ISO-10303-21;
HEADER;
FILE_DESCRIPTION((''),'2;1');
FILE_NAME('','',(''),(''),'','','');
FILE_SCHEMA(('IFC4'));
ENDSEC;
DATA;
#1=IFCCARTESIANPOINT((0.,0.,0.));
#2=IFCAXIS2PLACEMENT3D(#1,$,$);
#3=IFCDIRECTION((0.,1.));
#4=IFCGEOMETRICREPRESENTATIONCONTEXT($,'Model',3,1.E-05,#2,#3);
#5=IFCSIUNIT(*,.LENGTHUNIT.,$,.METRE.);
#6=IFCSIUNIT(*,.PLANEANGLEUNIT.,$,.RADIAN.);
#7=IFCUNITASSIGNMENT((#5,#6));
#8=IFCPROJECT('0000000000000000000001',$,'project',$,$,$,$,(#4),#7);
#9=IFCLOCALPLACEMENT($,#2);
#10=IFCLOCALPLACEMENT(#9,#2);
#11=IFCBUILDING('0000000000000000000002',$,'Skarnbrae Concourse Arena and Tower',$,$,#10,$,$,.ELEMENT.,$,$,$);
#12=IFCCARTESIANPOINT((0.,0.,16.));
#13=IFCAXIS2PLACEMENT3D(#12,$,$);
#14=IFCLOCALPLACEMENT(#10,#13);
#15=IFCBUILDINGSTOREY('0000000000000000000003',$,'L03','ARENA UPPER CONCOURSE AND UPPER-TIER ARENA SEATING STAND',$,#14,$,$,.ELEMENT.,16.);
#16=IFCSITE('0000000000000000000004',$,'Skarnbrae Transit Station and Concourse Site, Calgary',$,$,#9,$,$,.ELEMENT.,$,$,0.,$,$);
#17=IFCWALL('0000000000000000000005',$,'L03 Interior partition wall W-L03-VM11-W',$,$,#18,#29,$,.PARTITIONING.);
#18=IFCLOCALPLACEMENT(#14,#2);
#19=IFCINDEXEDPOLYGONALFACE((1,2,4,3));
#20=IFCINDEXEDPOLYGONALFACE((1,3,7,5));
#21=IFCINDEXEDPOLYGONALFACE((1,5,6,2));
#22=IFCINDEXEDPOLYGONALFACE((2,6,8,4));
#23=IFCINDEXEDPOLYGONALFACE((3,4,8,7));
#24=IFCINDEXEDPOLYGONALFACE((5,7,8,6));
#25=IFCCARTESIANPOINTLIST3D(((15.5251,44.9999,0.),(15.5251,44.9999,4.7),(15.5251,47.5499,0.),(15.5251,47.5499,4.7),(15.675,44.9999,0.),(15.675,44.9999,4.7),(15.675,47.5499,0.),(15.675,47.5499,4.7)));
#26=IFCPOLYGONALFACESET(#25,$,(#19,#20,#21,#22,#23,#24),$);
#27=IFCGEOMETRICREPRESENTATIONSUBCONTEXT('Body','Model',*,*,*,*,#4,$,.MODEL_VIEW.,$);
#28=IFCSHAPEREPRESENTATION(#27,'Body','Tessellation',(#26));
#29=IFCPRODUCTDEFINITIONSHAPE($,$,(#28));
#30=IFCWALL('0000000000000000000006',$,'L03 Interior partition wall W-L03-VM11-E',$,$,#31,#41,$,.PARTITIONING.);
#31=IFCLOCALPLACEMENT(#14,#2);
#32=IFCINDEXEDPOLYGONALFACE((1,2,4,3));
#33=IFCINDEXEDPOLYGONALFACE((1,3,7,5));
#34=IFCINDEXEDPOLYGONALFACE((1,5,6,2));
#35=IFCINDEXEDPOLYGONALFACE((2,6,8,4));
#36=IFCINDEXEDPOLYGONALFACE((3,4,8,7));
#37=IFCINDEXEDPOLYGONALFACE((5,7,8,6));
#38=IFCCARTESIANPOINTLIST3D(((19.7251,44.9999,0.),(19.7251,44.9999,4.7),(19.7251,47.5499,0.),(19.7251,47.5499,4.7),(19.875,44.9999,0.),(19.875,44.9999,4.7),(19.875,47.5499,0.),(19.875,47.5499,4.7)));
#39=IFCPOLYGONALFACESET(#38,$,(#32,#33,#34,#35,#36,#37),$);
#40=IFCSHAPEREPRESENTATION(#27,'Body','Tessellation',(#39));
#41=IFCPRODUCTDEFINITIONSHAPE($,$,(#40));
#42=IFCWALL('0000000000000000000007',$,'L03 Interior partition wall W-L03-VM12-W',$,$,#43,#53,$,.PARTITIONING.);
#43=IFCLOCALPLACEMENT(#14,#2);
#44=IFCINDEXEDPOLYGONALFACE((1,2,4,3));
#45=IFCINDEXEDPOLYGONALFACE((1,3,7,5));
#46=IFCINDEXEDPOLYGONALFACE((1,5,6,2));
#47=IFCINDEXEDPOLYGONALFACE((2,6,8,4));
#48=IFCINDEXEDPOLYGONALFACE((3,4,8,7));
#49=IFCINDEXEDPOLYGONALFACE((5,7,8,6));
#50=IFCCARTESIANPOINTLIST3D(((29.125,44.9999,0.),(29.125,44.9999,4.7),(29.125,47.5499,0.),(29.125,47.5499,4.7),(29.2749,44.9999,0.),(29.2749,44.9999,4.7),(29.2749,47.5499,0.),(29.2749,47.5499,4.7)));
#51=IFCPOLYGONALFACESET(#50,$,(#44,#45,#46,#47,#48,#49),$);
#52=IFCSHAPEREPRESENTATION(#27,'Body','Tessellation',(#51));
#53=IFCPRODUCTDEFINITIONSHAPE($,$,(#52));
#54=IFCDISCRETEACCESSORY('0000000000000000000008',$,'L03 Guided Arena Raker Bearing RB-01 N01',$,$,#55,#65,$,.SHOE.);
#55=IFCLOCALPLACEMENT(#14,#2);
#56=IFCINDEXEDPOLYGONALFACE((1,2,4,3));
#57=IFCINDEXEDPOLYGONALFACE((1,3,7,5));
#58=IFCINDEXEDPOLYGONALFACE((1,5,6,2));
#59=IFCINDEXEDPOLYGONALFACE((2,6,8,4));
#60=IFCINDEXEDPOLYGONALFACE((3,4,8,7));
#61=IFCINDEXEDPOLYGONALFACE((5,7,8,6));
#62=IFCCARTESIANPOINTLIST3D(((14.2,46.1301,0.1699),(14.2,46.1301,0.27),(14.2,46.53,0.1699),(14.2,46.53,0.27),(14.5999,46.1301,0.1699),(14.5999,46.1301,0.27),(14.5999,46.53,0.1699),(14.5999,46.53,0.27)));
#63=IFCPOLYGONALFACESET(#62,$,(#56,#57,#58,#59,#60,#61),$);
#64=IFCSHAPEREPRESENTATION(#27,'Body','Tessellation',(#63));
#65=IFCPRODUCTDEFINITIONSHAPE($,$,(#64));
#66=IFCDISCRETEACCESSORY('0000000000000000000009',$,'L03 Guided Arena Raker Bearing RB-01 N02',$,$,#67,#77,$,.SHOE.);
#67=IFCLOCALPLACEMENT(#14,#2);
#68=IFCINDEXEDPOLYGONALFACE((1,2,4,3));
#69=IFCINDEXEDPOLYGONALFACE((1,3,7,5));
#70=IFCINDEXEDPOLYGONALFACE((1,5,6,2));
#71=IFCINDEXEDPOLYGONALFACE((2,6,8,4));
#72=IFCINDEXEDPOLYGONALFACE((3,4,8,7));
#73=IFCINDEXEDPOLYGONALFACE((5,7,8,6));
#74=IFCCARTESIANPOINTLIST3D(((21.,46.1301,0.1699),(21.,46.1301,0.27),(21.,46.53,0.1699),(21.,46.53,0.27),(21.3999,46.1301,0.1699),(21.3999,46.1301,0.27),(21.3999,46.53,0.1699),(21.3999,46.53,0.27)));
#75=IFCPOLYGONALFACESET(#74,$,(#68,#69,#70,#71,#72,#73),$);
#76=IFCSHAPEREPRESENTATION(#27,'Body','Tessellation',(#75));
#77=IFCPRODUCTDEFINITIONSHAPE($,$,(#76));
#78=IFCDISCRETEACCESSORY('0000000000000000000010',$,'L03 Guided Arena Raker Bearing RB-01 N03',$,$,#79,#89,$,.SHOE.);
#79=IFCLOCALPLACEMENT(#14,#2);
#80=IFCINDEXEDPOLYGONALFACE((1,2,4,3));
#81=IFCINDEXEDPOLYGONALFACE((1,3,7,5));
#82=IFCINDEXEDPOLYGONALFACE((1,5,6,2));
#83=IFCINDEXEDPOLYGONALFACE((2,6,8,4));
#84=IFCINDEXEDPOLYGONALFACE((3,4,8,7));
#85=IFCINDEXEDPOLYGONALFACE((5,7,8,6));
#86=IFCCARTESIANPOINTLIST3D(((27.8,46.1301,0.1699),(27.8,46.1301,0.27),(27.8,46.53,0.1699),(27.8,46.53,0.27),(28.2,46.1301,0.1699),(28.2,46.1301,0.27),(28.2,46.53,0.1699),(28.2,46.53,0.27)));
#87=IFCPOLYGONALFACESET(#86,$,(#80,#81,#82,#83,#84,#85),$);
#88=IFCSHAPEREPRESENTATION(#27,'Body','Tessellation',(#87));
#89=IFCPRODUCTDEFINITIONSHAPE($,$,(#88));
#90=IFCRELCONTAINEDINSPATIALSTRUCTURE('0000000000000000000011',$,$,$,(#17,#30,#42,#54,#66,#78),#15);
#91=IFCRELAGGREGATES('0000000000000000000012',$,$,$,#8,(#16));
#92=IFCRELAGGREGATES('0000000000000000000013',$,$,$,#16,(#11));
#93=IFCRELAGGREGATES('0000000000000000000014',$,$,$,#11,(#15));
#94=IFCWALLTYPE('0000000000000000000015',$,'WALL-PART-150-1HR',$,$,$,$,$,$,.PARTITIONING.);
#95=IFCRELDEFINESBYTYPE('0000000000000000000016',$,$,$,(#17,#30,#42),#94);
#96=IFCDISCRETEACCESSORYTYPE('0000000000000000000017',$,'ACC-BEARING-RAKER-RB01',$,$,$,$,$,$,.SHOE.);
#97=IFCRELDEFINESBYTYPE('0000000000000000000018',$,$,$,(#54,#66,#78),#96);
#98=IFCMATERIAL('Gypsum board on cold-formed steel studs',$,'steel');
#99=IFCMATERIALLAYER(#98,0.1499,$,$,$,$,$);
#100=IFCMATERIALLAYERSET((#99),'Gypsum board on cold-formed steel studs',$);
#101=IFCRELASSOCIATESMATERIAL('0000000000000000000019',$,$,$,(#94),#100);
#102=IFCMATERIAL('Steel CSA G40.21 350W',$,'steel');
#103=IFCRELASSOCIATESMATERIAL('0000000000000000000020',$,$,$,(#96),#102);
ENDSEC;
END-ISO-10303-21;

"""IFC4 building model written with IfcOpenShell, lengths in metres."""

from ifc_helpers import new_model, si_unit, direction, frame, frame_2d, origin, origin_2d, place, context, subcontext, project, spatial, rectangle, extrude, source, transform, mapped, material, layer, layer_set, type_object, element, save


model = new_model("IFC4")

# Units and contexts
model_context = context("Model", 3, precision=1e-05, world=origin(), true_north=direction((0.0, 1.0)))
body_context = subcontext(model_context, "Body", "Model", "MODEL_VIEW")
ifc_project = project(units=[si_unit("LENGTHUNIT", "METRE"), si_unit("PLANEANGLEUNIT", "RADIAN")], contexts=[model_context])

# Site, building, storey
site_placement = place(None, origin())
site = spatial("IfcSite", under=ifc_project, at=site_placement, Name="Skarnbrae Transit Station and Concourse Site, Calgary", CompositionType="ELEMENT", RefElevation=0.0)
building_placement = place(site_placement, origin())
building = spatial("IfcBuilding", under=site, at=building_placement, Name="Skarnbrae Concourse Arena and Tower", CompositionType="ELEMENT")
storey_placement = place(building_placement, frame((0.0, 0.0, 16.0)))
storey = spatial("IfcBuildingStorey", under=building, at=storey_placement, Name="L03", Description="ARENA UPPER CONCOURSE AND UPPER-TIER ARENA SEATING STAND", CompositionType="ELEMENT", Elevation=16.0)

# Shared definitions
ifc_material_1 = material(Name="Steel CSA G40.21 350W", Category="steel")

# Walls
ifc_material_2 = material(Name="Gypsum board on cold-formed steel studs", Category="steel")
ifc_layer_1 = layer(ifc_material_2, 0.1499)
ifc_layer_set_1 = layer_set([ifc_layer_1], Name="Gypsum board on cold-formed steel studs")
wall_type_1 = type_object("IfcWallType", Name="WALL-PART-150-1HR", PredefinedType="PARTITIONING", material=ifc_layer_set_1)
shared_shape_1 = source(origin(), body_context, "Body", "SweptSolid", [
    extrude(rectangle(XDim=2.55, YDim=0.1499, at=frame_2d((1.2749, 0.0))), origin(), (0.0, 0.0, 1.0), 4.7),
])
for number, where, z_axis, x_axis, name in (
    (1, (15.6001, 45.0, 0.0), (0.0, 0.0, 1.0), (0.0, 1.0, 0.0), "L03 Interior partition wall W-L03-VM11-W"),
    (2, (19.8, 45.0, 0.0), (0.0, 0.0, 1.0), (0.0, 1.0, 0.0), "L03 Interior partition wall W-L03-VM11-E"),
    (3, (29.2, 45.0, 0.0), (0.0, 0.0, 1.0), (0.0, 1.0, 0.0), "L03 Interior partition wall W-L03-VM12-W"),
):
    element("IfcWall", number, at=place(storey_placement, frame(where, z_axis=z_axis, x_axis=x_axis)), inside=storey, type_object=wall_type_1, Name=name, PredefinedType="PARTITIONING", context=body_context, shape_type="MappedRepresentation", body=[
        mapped(shared_shape_1, transform((0.0, 0.0, 0.0))),
    ])

# Discrete accessories
discrete_accessory_type = type_object("IfcDiscreteAccessoryType", Name="ACC-BEARING-RAKER-RB01", PredefinedType="SHOE", material=ifc_material_1)
shared_shape_2 = source(origin(), body_context, "Body", "SweptSolid", [
    extrude(rectangle(XDim=0.3999, YDim=0.3999, at=origin_2d()), origin(), (0.0, 0.0, 1.0), 0.1001),
])
for number, where, z_axis, x_axis, name in (
    (4, (14.3999, 46.3301, 0.1699), (0.0, 0.0, 1.0), (1.0, 0.0, 0.0), "L03 Guided Arena Raker Bearing RB-01 N01"),
    (5, (21.2, 46.3301, 0.1699), (0.0, 0.0, 1.0), (1.0, 0.0, 0.0), "L03 Guided Arena Raker Bearing RB-01 N02"),
    (6, (28.0, 46.3301, 0.1699), (0.0, 0.0, 1.0), (1.0, 0.0, 0.0), "L03 Guided Arena Raker Bearing RB-01 N03"),
):
    element("IfcDiscreteAccessory", number, at=place(storey_placement, frame(where, z_axis=z_axis, x_axis=x_axis)), inside=storey, type_object=discrete_accessory_type, Name=name, PredefinedType="SHOE", context=body_context, shape_type="MappedRepresentation", body=[
        mapped(shared_shape_2, transform((0.0, 0.0, 0.0))),
    ])

save(model, "model.ifc")
